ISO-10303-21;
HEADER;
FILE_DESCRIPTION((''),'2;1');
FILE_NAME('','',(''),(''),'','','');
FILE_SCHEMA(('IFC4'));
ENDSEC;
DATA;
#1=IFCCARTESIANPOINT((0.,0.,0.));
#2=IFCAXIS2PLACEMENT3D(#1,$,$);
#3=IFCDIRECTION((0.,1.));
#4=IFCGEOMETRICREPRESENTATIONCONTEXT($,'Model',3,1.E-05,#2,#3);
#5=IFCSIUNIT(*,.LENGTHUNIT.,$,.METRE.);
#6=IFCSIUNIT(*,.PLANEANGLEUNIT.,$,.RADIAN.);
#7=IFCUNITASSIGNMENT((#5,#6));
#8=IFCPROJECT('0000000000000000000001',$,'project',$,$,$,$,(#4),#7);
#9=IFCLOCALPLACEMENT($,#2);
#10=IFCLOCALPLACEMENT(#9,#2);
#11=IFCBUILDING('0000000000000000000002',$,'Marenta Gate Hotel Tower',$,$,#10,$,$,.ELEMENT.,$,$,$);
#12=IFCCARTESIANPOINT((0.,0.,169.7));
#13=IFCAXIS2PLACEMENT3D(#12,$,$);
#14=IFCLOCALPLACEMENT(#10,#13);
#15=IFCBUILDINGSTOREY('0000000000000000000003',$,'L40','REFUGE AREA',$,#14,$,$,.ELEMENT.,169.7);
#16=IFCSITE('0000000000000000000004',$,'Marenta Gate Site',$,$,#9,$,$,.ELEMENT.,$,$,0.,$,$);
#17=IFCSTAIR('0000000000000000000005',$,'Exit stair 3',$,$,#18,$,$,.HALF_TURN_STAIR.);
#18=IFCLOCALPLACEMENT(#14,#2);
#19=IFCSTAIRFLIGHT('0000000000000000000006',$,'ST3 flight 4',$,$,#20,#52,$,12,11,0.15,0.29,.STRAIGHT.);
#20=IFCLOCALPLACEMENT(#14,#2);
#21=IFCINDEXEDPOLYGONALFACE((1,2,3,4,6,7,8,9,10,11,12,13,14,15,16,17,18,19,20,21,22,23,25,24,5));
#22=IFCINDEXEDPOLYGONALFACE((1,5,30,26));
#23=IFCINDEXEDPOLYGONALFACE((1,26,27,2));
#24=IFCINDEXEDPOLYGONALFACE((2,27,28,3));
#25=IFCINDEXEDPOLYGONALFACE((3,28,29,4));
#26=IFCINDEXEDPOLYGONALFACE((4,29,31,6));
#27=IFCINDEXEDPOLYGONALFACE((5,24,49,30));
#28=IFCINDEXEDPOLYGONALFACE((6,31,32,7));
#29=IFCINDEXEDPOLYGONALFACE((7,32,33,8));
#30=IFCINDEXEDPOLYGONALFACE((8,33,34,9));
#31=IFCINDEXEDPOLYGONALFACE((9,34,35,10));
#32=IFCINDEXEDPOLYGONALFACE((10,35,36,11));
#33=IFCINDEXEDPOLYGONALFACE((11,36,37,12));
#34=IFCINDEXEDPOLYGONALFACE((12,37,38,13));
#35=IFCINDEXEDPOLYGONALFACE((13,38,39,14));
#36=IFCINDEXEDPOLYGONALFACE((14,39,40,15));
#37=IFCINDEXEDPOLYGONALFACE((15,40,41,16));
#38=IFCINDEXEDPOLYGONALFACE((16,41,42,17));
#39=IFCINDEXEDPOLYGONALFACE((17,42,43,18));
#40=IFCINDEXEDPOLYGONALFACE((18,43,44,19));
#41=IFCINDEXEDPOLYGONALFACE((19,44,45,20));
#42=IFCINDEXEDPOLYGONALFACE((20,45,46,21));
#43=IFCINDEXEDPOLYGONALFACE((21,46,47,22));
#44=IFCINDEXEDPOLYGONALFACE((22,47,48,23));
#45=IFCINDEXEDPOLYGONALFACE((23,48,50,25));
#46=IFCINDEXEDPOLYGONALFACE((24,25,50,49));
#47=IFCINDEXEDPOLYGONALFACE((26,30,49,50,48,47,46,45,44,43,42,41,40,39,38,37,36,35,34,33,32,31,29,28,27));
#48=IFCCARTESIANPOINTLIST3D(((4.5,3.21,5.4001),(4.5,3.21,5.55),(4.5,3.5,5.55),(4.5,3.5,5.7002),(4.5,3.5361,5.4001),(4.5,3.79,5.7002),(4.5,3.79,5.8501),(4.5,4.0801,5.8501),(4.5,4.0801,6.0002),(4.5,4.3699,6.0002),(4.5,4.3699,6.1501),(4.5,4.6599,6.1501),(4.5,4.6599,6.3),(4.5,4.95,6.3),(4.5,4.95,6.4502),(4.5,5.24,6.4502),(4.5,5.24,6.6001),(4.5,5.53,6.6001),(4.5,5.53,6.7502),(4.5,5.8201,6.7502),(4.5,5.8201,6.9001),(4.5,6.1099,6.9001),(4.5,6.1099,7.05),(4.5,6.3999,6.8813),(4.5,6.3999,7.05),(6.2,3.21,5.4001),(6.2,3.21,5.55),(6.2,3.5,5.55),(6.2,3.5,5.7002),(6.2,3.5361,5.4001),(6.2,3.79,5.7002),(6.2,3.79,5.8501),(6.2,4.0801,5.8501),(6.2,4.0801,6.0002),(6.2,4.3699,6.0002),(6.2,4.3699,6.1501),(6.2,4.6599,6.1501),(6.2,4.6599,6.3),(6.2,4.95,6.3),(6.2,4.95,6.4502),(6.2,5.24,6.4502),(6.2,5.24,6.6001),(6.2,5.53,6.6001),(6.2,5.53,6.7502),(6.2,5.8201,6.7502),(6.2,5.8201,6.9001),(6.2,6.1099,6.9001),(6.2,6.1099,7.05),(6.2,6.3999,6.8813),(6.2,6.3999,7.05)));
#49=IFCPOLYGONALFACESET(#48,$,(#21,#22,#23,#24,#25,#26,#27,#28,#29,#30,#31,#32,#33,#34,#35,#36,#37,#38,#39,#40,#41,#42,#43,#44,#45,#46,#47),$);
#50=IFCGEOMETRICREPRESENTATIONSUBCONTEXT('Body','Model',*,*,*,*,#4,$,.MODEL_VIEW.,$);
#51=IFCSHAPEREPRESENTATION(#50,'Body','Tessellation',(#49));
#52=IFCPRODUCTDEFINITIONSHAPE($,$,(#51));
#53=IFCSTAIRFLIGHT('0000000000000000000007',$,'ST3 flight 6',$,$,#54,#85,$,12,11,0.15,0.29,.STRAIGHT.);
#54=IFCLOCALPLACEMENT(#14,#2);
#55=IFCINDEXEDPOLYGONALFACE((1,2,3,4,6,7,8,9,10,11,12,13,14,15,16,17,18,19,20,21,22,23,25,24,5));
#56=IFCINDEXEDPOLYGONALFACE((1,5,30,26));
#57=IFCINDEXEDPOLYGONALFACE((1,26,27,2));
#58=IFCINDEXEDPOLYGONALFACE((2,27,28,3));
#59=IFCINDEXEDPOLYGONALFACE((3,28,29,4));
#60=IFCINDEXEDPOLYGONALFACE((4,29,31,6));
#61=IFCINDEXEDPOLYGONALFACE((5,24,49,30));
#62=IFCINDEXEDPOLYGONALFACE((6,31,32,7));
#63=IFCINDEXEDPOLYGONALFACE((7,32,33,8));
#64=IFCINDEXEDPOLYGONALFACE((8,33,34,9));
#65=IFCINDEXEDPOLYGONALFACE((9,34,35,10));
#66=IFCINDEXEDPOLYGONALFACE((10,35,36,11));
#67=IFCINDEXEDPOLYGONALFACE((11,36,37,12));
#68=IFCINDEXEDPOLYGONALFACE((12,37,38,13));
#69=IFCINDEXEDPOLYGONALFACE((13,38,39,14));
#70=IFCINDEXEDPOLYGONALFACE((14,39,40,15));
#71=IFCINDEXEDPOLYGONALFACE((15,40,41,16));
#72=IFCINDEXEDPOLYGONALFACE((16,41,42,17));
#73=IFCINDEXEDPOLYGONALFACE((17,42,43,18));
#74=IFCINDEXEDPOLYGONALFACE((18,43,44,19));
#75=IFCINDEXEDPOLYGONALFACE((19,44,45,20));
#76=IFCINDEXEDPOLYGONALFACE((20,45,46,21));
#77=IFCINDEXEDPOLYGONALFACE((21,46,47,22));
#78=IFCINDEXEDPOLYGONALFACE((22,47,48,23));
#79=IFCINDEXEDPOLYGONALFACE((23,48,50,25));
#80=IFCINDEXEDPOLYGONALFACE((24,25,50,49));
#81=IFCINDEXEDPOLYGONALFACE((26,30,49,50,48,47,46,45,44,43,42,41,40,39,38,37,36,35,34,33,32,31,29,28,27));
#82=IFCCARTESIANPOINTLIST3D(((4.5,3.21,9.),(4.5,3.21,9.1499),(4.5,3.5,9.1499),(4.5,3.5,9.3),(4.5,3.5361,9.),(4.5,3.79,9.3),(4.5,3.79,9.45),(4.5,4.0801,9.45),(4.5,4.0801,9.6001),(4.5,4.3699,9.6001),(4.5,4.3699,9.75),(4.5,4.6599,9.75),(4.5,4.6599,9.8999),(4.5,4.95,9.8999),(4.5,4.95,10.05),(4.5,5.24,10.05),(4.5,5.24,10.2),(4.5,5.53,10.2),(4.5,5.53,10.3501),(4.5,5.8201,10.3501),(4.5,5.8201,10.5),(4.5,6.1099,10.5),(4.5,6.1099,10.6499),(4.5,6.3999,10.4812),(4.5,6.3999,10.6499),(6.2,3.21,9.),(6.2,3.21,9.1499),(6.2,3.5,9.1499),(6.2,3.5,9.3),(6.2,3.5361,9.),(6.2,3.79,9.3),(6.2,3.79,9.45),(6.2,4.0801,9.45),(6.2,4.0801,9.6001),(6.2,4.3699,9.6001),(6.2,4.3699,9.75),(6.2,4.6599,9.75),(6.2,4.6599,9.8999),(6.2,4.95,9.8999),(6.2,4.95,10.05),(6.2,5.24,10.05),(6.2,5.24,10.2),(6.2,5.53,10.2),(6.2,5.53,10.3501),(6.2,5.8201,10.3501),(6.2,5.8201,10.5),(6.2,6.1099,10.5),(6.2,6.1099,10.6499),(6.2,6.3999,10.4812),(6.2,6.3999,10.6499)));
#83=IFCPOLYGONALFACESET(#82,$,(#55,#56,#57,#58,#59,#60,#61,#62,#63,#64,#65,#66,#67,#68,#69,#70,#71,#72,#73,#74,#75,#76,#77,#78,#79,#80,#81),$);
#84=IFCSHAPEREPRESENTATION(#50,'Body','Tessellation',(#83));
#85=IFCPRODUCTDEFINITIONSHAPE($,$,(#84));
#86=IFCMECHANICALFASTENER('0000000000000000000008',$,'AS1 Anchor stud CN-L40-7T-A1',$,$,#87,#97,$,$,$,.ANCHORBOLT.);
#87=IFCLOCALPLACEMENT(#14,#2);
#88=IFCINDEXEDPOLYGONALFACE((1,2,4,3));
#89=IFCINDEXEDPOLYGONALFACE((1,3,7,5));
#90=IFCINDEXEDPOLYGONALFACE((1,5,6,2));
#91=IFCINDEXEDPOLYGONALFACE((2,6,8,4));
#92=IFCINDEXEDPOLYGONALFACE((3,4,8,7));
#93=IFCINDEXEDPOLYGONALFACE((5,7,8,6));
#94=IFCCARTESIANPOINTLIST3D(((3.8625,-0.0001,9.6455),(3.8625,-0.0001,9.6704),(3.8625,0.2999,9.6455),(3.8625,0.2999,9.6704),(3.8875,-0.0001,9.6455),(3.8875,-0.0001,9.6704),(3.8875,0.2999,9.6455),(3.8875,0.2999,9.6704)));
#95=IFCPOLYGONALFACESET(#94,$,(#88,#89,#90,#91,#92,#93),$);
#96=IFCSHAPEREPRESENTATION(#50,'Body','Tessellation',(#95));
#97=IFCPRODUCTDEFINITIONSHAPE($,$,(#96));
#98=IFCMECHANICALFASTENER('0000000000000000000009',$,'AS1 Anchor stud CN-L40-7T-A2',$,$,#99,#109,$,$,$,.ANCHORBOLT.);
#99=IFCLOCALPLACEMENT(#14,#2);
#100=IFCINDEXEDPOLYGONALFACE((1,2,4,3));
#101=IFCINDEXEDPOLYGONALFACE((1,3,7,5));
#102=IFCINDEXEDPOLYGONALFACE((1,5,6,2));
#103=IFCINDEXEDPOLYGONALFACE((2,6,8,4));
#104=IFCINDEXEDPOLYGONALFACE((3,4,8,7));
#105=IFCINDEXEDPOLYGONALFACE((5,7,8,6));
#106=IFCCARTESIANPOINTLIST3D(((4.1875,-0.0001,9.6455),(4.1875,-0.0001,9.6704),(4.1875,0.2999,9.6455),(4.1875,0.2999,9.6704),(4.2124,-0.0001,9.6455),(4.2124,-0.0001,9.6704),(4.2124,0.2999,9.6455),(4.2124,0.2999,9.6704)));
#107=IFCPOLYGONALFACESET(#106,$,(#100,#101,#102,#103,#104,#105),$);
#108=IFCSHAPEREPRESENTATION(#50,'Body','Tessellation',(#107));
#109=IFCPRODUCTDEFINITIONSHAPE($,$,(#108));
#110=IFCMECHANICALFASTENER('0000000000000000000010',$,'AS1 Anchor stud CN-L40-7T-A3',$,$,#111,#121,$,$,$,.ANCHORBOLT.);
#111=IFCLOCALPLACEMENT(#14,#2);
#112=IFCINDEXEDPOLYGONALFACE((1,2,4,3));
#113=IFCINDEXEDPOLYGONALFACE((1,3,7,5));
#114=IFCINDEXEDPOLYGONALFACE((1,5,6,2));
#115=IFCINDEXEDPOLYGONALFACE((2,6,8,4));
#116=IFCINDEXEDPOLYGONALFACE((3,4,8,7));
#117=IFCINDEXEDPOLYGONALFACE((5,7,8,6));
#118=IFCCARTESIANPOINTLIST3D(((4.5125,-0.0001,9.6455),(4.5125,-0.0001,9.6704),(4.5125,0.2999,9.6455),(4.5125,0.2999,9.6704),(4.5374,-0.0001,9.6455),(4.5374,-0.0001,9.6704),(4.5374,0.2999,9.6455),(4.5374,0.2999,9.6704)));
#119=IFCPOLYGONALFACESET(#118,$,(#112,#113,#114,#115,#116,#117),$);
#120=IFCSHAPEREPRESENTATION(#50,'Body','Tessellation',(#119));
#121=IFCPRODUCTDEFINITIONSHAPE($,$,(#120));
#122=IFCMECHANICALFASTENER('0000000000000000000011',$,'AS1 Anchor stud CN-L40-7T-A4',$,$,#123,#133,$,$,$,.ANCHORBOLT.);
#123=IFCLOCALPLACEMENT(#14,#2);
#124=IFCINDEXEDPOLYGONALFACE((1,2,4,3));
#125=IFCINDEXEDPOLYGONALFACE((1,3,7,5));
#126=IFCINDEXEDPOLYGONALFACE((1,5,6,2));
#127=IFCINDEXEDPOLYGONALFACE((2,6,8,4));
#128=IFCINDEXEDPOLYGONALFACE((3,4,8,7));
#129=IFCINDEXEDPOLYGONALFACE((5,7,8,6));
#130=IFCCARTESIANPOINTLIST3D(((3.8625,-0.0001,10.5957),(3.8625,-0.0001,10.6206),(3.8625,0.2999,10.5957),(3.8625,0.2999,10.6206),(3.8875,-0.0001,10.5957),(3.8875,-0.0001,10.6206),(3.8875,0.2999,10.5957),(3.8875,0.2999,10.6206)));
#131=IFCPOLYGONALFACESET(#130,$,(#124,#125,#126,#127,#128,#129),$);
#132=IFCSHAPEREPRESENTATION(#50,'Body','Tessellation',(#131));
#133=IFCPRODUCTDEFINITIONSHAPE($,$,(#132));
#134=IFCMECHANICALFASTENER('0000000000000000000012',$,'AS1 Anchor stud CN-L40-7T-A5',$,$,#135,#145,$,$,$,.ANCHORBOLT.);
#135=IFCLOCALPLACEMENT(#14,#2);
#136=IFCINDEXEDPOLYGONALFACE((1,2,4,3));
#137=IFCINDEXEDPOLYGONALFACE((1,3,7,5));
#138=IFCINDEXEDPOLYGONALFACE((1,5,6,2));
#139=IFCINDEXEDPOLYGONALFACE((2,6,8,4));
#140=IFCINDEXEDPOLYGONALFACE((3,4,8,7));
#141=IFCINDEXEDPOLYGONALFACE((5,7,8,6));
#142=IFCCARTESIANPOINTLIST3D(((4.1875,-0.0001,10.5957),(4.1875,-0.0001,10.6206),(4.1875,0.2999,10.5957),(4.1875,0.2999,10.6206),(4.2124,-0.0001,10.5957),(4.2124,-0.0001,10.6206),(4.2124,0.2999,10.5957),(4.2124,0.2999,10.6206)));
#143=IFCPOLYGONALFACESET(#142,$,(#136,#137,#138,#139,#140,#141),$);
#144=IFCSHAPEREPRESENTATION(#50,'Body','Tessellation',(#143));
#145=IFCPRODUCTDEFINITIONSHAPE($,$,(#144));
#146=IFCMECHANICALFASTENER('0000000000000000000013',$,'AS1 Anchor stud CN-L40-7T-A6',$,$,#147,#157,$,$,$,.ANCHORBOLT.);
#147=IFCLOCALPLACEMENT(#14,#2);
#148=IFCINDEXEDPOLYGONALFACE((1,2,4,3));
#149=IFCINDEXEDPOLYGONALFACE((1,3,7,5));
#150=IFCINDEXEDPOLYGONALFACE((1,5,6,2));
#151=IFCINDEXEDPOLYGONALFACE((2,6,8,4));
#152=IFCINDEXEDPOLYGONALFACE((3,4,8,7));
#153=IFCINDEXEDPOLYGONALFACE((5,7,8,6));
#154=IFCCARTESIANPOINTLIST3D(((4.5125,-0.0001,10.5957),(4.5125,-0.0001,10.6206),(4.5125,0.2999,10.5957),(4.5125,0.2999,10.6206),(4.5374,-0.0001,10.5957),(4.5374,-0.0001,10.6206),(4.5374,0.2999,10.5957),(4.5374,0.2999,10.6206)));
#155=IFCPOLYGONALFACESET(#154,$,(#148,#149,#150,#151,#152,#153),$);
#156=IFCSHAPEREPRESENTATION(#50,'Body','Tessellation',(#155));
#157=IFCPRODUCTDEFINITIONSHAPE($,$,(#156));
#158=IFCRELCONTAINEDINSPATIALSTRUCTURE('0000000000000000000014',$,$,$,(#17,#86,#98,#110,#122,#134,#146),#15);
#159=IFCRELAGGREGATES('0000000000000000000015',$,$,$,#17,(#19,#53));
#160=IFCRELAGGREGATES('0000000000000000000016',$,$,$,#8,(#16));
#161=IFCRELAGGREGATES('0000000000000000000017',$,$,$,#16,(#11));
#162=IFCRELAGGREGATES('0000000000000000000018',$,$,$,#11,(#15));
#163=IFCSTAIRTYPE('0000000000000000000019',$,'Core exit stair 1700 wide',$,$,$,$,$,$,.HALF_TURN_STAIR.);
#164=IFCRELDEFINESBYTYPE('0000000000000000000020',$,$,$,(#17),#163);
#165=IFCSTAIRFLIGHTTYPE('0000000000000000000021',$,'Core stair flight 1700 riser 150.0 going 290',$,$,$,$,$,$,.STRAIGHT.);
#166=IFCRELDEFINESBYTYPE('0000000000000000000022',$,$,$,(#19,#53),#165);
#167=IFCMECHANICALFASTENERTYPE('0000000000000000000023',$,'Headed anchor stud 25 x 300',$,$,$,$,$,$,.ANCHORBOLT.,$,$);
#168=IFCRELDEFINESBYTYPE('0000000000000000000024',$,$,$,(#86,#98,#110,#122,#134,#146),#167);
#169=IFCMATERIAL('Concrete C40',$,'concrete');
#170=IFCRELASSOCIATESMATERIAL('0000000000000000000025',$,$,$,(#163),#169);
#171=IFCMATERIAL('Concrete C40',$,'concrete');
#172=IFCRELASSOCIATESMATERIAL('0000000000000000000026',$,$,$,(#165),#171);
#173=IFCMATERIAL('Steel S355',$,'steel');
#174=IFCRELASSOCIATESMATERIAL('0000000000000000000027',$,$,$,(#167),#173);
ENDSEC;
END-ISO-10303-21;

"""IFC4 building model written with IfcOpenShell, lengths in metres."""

from ifc_helpers import new_model, si_unit, direction, frame, origin, origin_2d, place, context, subcontext, project, spatial, polyline, rectangle, outline, extrude, material, type_object, element, aggregate, save


model = new_model("IFC4")

# Units and contexts
model_context = context("Model", 3, precision=1e-05, world=origin(), true_north=direction((0.0, 1.0)))
body_context = subcontext(model_context, "Body", "Model", "MODEL_VIEW")
ifc_project = project(units=[si_unit("LENGTHUNIT", "METRE"), si_unit("PLANEANGLEUNIT", "RADIAN")], contexts=[model_context])

# Site, building, storey
site_placement = place(None, origin())
site = spatial("IfcSite", under=ifc_project, at=site_placement, Name="Marenta Gate Site", CompositionType="ELEMENT", RefElevation=0.0)
building_placement = place(site_placement, origin())
building = spatial("IfcBuilding", under=site, at=building_placement, Name="Marenta Gate Hotel Tower", CompositionType="ELEMENT")
storey_placement = place(building_placement, frame((0.0, 0.0, 169.7)))
storey = spatial("IfcBuildingStorey", under=building, at=storey_placement, Name="L40", Description="REFUGE AREA", CompositionType="ELEMENT", Elevation=169.7)

# Stair
ifc_material_1 = material(Name="Concrete C40", Category="concrete")
stair_type = type_object("IfcStairType", Name="Core exit stair 1700 wide", PredefinedType="HALF_TURN_STAIR", material=ifc_material_1)
stair_1_placement = place(storey_placement, origin())
stair_1 = element("IfcStair", 1, at=stair_1_placement, inside=storey, type_object=stair_type, Name="Exit stair 3", PredefinedType="HALF_TURN_STAIR")

# Stair flights
ifc_material_2 = material(Name="Concrete C40", Category="concrete")
stair_flight_type = type_object("IfcStairFlightType", Name="Core stair flight 1700 riser 150.0 going 290", PredefinedType="STRAIGHT", material=ifc_material_2)
stair_flight_1_placement = place(storey_placement, frame((5.3501, 3.21, 5.4001), z_axis=(0.0, 0.0, 1.0), x_axis=(0.0, 1.0, 0.0)))
stair_flight_1 = element("IfcStairFlight", 2, at=stair_flight_1_placement, type_object=stair_flight_type, Name="ST3 flight 4", NumberOfRisers=12, NumberOfTreads=11, PredefinedType="STRAIGHT", RiserHeight=0.15, TreadLength=0.29, context=body_context, shape_type="SweptSolid", body=[
    extrude(outline(polyline([(0.0, 0.0), (0.0, 0.1499), (0.29, 0.1499), (0.29, 0.3), (0.5801, 0.3), (0.5801, 0.45), (0.8701, 0.45), (0.8701, 0.6001), (1.1599, 0.6001), (1.1599, 0.75), (1.45, 0.75), (1.45, 0.8999), (1.74, 0.8999), (1.74, 1.05), (2.03, 1.05), (2.03, 1.2), (2.3201, 1.2), (2.3201, 1.3501), (2.6101, 1.3501), (2.6101, 1.5), (2.8999, 1.5), (2.8999, 1.6499), (3.1899, 1.6499), (3.1899, 1.8), (3.1899, 1.4812), (0.3262, 0.0), (0.0, 0.0)])), frame((0.0, 0.8501, 0.0), z_axis=(0.0, -1.0, 0.0), x_axis=(1.0, 0.0, 0.0)), (0.0, 0.0, 1.0), 1.7),
])
stair_flight_2_placement = place(storey_placement, frame((5.3501, 3.21, 9.0), z_axis=(0.0, 0.0, 1.0), x_axis=(0.0, 1.0, 0.0)))
stair_flight_2 = element("IfcStairFlight", 3, at=stair_flight_2_placement, type_object=stair_flight_type, Name="ST3 flight 6", NumberOfRisers=12, NumberOfTreads=11, PredefinedType="STRAIGHT", RiserHeight=0.15, TreadLength=0.29, context=body_context, shape_type="SweptSolid", body=[
    extrude(outline(polyline([(0.0, 0.0), (0.0, 0.1499), (0.29, 0.1499), (0.29, 0.3), (0.5801, 0.3), (0.5801, 0.45), (0.8701, 0.45), (0.8701, 0.6001), (1.1599, 0.6001), (1.1599, 0.75), (1.45, 0.75), (1.45, 0.8999), (1.74, 0.8999), (1.74, 1.05), (2.03, 1.05), (2.03, 1.2), (2.3201, 1.2), (2.3201, 1.3501), (2.6101, 1.3501), (2.6101, 1.5), (2.8999, 1.5), (2.8999, 1.6499), (3.1899, 1.6499), (3.1899, 1.8), (3.1899, 1.4812), (0.3262, 0.0), (0.0, 0.0)])), frame((0.0, 0.8501, 0.0), z_axis=(0.0, -1.0, 0.0), x_axis=(1.0, 0.0, 0.0)), (0.0, 0.0, 1.0), 1.7),
])
aggregate(stair_1, [stair_flight_1, stair_flight_2])

# Mechanical fasteners
ifc_material_3 = material(Name="Steel S355", Category="steel")
mechanical_fastener_type = type_object("IfcMechanicalFastenerType", Name="Headed anchor stud 25 x 300", PredefinedType="ANCHORBOLT", material=ifc_material_3)
for number, where, z_axis, x_axis, name in (
    (4, (3.875, 0.1499, 9.6455), (0.0, 0.0, 1.0), (1.0, 0.0, 0.0), "AS1 Anchor stud CN-L40-7T-A1"),
    (5, (4.2, 0.1499, 9.6455), (0.0, 0.0, 1.0), (1.0, 0.0, 0.0), "AS1 Anchor stud CN-L40-7T-A2"),
    (6, (4.5249, 0.1499, 9.6455), (0.0, 0.0, 1.0), (1.0, 0.0, 0.0), "AS1 Anchor stud CN-L40-7T-A3"),
    (7, (3.875, 0.1499, 10.5957), (0.0, 0.0, 1.0), (1.0, 0.0, 0.0), "AS1 Anchor stud CN-L40-7T-A4"),
    (8, (4.2, 0.1499, 10.5957), (0.0, 0.0, 1.0), (1.0, 0.0, 0.0), "AS1 Anchor stud CN-L40-7T-A5"),
    (9, (4.5249, 0.1499, 10.5957), (0.0, 0.0, 1.0), (1.0, 0.0, 0.0), "AS1 Anchor stud CN-L40-7T-A6"),
):
    element("IfcMechanicalFastener", number, at=place(storey_placement, frame(where, z_axis=z_axis, x_axis=x_axis)), inside=storey, type_object=mechanical_fastener_type, Name=name, PredefinedType="ANCHORBOLT", context=body_context, shape_type="SweptSolid", body=[
        extrude(rectangle(XDim=0.0249, YDim=0.3, at=origin_2d()), origin(), (0.0, 0.0, 1.0), 0.0249),
    ])

save(model, "model.ifc")
